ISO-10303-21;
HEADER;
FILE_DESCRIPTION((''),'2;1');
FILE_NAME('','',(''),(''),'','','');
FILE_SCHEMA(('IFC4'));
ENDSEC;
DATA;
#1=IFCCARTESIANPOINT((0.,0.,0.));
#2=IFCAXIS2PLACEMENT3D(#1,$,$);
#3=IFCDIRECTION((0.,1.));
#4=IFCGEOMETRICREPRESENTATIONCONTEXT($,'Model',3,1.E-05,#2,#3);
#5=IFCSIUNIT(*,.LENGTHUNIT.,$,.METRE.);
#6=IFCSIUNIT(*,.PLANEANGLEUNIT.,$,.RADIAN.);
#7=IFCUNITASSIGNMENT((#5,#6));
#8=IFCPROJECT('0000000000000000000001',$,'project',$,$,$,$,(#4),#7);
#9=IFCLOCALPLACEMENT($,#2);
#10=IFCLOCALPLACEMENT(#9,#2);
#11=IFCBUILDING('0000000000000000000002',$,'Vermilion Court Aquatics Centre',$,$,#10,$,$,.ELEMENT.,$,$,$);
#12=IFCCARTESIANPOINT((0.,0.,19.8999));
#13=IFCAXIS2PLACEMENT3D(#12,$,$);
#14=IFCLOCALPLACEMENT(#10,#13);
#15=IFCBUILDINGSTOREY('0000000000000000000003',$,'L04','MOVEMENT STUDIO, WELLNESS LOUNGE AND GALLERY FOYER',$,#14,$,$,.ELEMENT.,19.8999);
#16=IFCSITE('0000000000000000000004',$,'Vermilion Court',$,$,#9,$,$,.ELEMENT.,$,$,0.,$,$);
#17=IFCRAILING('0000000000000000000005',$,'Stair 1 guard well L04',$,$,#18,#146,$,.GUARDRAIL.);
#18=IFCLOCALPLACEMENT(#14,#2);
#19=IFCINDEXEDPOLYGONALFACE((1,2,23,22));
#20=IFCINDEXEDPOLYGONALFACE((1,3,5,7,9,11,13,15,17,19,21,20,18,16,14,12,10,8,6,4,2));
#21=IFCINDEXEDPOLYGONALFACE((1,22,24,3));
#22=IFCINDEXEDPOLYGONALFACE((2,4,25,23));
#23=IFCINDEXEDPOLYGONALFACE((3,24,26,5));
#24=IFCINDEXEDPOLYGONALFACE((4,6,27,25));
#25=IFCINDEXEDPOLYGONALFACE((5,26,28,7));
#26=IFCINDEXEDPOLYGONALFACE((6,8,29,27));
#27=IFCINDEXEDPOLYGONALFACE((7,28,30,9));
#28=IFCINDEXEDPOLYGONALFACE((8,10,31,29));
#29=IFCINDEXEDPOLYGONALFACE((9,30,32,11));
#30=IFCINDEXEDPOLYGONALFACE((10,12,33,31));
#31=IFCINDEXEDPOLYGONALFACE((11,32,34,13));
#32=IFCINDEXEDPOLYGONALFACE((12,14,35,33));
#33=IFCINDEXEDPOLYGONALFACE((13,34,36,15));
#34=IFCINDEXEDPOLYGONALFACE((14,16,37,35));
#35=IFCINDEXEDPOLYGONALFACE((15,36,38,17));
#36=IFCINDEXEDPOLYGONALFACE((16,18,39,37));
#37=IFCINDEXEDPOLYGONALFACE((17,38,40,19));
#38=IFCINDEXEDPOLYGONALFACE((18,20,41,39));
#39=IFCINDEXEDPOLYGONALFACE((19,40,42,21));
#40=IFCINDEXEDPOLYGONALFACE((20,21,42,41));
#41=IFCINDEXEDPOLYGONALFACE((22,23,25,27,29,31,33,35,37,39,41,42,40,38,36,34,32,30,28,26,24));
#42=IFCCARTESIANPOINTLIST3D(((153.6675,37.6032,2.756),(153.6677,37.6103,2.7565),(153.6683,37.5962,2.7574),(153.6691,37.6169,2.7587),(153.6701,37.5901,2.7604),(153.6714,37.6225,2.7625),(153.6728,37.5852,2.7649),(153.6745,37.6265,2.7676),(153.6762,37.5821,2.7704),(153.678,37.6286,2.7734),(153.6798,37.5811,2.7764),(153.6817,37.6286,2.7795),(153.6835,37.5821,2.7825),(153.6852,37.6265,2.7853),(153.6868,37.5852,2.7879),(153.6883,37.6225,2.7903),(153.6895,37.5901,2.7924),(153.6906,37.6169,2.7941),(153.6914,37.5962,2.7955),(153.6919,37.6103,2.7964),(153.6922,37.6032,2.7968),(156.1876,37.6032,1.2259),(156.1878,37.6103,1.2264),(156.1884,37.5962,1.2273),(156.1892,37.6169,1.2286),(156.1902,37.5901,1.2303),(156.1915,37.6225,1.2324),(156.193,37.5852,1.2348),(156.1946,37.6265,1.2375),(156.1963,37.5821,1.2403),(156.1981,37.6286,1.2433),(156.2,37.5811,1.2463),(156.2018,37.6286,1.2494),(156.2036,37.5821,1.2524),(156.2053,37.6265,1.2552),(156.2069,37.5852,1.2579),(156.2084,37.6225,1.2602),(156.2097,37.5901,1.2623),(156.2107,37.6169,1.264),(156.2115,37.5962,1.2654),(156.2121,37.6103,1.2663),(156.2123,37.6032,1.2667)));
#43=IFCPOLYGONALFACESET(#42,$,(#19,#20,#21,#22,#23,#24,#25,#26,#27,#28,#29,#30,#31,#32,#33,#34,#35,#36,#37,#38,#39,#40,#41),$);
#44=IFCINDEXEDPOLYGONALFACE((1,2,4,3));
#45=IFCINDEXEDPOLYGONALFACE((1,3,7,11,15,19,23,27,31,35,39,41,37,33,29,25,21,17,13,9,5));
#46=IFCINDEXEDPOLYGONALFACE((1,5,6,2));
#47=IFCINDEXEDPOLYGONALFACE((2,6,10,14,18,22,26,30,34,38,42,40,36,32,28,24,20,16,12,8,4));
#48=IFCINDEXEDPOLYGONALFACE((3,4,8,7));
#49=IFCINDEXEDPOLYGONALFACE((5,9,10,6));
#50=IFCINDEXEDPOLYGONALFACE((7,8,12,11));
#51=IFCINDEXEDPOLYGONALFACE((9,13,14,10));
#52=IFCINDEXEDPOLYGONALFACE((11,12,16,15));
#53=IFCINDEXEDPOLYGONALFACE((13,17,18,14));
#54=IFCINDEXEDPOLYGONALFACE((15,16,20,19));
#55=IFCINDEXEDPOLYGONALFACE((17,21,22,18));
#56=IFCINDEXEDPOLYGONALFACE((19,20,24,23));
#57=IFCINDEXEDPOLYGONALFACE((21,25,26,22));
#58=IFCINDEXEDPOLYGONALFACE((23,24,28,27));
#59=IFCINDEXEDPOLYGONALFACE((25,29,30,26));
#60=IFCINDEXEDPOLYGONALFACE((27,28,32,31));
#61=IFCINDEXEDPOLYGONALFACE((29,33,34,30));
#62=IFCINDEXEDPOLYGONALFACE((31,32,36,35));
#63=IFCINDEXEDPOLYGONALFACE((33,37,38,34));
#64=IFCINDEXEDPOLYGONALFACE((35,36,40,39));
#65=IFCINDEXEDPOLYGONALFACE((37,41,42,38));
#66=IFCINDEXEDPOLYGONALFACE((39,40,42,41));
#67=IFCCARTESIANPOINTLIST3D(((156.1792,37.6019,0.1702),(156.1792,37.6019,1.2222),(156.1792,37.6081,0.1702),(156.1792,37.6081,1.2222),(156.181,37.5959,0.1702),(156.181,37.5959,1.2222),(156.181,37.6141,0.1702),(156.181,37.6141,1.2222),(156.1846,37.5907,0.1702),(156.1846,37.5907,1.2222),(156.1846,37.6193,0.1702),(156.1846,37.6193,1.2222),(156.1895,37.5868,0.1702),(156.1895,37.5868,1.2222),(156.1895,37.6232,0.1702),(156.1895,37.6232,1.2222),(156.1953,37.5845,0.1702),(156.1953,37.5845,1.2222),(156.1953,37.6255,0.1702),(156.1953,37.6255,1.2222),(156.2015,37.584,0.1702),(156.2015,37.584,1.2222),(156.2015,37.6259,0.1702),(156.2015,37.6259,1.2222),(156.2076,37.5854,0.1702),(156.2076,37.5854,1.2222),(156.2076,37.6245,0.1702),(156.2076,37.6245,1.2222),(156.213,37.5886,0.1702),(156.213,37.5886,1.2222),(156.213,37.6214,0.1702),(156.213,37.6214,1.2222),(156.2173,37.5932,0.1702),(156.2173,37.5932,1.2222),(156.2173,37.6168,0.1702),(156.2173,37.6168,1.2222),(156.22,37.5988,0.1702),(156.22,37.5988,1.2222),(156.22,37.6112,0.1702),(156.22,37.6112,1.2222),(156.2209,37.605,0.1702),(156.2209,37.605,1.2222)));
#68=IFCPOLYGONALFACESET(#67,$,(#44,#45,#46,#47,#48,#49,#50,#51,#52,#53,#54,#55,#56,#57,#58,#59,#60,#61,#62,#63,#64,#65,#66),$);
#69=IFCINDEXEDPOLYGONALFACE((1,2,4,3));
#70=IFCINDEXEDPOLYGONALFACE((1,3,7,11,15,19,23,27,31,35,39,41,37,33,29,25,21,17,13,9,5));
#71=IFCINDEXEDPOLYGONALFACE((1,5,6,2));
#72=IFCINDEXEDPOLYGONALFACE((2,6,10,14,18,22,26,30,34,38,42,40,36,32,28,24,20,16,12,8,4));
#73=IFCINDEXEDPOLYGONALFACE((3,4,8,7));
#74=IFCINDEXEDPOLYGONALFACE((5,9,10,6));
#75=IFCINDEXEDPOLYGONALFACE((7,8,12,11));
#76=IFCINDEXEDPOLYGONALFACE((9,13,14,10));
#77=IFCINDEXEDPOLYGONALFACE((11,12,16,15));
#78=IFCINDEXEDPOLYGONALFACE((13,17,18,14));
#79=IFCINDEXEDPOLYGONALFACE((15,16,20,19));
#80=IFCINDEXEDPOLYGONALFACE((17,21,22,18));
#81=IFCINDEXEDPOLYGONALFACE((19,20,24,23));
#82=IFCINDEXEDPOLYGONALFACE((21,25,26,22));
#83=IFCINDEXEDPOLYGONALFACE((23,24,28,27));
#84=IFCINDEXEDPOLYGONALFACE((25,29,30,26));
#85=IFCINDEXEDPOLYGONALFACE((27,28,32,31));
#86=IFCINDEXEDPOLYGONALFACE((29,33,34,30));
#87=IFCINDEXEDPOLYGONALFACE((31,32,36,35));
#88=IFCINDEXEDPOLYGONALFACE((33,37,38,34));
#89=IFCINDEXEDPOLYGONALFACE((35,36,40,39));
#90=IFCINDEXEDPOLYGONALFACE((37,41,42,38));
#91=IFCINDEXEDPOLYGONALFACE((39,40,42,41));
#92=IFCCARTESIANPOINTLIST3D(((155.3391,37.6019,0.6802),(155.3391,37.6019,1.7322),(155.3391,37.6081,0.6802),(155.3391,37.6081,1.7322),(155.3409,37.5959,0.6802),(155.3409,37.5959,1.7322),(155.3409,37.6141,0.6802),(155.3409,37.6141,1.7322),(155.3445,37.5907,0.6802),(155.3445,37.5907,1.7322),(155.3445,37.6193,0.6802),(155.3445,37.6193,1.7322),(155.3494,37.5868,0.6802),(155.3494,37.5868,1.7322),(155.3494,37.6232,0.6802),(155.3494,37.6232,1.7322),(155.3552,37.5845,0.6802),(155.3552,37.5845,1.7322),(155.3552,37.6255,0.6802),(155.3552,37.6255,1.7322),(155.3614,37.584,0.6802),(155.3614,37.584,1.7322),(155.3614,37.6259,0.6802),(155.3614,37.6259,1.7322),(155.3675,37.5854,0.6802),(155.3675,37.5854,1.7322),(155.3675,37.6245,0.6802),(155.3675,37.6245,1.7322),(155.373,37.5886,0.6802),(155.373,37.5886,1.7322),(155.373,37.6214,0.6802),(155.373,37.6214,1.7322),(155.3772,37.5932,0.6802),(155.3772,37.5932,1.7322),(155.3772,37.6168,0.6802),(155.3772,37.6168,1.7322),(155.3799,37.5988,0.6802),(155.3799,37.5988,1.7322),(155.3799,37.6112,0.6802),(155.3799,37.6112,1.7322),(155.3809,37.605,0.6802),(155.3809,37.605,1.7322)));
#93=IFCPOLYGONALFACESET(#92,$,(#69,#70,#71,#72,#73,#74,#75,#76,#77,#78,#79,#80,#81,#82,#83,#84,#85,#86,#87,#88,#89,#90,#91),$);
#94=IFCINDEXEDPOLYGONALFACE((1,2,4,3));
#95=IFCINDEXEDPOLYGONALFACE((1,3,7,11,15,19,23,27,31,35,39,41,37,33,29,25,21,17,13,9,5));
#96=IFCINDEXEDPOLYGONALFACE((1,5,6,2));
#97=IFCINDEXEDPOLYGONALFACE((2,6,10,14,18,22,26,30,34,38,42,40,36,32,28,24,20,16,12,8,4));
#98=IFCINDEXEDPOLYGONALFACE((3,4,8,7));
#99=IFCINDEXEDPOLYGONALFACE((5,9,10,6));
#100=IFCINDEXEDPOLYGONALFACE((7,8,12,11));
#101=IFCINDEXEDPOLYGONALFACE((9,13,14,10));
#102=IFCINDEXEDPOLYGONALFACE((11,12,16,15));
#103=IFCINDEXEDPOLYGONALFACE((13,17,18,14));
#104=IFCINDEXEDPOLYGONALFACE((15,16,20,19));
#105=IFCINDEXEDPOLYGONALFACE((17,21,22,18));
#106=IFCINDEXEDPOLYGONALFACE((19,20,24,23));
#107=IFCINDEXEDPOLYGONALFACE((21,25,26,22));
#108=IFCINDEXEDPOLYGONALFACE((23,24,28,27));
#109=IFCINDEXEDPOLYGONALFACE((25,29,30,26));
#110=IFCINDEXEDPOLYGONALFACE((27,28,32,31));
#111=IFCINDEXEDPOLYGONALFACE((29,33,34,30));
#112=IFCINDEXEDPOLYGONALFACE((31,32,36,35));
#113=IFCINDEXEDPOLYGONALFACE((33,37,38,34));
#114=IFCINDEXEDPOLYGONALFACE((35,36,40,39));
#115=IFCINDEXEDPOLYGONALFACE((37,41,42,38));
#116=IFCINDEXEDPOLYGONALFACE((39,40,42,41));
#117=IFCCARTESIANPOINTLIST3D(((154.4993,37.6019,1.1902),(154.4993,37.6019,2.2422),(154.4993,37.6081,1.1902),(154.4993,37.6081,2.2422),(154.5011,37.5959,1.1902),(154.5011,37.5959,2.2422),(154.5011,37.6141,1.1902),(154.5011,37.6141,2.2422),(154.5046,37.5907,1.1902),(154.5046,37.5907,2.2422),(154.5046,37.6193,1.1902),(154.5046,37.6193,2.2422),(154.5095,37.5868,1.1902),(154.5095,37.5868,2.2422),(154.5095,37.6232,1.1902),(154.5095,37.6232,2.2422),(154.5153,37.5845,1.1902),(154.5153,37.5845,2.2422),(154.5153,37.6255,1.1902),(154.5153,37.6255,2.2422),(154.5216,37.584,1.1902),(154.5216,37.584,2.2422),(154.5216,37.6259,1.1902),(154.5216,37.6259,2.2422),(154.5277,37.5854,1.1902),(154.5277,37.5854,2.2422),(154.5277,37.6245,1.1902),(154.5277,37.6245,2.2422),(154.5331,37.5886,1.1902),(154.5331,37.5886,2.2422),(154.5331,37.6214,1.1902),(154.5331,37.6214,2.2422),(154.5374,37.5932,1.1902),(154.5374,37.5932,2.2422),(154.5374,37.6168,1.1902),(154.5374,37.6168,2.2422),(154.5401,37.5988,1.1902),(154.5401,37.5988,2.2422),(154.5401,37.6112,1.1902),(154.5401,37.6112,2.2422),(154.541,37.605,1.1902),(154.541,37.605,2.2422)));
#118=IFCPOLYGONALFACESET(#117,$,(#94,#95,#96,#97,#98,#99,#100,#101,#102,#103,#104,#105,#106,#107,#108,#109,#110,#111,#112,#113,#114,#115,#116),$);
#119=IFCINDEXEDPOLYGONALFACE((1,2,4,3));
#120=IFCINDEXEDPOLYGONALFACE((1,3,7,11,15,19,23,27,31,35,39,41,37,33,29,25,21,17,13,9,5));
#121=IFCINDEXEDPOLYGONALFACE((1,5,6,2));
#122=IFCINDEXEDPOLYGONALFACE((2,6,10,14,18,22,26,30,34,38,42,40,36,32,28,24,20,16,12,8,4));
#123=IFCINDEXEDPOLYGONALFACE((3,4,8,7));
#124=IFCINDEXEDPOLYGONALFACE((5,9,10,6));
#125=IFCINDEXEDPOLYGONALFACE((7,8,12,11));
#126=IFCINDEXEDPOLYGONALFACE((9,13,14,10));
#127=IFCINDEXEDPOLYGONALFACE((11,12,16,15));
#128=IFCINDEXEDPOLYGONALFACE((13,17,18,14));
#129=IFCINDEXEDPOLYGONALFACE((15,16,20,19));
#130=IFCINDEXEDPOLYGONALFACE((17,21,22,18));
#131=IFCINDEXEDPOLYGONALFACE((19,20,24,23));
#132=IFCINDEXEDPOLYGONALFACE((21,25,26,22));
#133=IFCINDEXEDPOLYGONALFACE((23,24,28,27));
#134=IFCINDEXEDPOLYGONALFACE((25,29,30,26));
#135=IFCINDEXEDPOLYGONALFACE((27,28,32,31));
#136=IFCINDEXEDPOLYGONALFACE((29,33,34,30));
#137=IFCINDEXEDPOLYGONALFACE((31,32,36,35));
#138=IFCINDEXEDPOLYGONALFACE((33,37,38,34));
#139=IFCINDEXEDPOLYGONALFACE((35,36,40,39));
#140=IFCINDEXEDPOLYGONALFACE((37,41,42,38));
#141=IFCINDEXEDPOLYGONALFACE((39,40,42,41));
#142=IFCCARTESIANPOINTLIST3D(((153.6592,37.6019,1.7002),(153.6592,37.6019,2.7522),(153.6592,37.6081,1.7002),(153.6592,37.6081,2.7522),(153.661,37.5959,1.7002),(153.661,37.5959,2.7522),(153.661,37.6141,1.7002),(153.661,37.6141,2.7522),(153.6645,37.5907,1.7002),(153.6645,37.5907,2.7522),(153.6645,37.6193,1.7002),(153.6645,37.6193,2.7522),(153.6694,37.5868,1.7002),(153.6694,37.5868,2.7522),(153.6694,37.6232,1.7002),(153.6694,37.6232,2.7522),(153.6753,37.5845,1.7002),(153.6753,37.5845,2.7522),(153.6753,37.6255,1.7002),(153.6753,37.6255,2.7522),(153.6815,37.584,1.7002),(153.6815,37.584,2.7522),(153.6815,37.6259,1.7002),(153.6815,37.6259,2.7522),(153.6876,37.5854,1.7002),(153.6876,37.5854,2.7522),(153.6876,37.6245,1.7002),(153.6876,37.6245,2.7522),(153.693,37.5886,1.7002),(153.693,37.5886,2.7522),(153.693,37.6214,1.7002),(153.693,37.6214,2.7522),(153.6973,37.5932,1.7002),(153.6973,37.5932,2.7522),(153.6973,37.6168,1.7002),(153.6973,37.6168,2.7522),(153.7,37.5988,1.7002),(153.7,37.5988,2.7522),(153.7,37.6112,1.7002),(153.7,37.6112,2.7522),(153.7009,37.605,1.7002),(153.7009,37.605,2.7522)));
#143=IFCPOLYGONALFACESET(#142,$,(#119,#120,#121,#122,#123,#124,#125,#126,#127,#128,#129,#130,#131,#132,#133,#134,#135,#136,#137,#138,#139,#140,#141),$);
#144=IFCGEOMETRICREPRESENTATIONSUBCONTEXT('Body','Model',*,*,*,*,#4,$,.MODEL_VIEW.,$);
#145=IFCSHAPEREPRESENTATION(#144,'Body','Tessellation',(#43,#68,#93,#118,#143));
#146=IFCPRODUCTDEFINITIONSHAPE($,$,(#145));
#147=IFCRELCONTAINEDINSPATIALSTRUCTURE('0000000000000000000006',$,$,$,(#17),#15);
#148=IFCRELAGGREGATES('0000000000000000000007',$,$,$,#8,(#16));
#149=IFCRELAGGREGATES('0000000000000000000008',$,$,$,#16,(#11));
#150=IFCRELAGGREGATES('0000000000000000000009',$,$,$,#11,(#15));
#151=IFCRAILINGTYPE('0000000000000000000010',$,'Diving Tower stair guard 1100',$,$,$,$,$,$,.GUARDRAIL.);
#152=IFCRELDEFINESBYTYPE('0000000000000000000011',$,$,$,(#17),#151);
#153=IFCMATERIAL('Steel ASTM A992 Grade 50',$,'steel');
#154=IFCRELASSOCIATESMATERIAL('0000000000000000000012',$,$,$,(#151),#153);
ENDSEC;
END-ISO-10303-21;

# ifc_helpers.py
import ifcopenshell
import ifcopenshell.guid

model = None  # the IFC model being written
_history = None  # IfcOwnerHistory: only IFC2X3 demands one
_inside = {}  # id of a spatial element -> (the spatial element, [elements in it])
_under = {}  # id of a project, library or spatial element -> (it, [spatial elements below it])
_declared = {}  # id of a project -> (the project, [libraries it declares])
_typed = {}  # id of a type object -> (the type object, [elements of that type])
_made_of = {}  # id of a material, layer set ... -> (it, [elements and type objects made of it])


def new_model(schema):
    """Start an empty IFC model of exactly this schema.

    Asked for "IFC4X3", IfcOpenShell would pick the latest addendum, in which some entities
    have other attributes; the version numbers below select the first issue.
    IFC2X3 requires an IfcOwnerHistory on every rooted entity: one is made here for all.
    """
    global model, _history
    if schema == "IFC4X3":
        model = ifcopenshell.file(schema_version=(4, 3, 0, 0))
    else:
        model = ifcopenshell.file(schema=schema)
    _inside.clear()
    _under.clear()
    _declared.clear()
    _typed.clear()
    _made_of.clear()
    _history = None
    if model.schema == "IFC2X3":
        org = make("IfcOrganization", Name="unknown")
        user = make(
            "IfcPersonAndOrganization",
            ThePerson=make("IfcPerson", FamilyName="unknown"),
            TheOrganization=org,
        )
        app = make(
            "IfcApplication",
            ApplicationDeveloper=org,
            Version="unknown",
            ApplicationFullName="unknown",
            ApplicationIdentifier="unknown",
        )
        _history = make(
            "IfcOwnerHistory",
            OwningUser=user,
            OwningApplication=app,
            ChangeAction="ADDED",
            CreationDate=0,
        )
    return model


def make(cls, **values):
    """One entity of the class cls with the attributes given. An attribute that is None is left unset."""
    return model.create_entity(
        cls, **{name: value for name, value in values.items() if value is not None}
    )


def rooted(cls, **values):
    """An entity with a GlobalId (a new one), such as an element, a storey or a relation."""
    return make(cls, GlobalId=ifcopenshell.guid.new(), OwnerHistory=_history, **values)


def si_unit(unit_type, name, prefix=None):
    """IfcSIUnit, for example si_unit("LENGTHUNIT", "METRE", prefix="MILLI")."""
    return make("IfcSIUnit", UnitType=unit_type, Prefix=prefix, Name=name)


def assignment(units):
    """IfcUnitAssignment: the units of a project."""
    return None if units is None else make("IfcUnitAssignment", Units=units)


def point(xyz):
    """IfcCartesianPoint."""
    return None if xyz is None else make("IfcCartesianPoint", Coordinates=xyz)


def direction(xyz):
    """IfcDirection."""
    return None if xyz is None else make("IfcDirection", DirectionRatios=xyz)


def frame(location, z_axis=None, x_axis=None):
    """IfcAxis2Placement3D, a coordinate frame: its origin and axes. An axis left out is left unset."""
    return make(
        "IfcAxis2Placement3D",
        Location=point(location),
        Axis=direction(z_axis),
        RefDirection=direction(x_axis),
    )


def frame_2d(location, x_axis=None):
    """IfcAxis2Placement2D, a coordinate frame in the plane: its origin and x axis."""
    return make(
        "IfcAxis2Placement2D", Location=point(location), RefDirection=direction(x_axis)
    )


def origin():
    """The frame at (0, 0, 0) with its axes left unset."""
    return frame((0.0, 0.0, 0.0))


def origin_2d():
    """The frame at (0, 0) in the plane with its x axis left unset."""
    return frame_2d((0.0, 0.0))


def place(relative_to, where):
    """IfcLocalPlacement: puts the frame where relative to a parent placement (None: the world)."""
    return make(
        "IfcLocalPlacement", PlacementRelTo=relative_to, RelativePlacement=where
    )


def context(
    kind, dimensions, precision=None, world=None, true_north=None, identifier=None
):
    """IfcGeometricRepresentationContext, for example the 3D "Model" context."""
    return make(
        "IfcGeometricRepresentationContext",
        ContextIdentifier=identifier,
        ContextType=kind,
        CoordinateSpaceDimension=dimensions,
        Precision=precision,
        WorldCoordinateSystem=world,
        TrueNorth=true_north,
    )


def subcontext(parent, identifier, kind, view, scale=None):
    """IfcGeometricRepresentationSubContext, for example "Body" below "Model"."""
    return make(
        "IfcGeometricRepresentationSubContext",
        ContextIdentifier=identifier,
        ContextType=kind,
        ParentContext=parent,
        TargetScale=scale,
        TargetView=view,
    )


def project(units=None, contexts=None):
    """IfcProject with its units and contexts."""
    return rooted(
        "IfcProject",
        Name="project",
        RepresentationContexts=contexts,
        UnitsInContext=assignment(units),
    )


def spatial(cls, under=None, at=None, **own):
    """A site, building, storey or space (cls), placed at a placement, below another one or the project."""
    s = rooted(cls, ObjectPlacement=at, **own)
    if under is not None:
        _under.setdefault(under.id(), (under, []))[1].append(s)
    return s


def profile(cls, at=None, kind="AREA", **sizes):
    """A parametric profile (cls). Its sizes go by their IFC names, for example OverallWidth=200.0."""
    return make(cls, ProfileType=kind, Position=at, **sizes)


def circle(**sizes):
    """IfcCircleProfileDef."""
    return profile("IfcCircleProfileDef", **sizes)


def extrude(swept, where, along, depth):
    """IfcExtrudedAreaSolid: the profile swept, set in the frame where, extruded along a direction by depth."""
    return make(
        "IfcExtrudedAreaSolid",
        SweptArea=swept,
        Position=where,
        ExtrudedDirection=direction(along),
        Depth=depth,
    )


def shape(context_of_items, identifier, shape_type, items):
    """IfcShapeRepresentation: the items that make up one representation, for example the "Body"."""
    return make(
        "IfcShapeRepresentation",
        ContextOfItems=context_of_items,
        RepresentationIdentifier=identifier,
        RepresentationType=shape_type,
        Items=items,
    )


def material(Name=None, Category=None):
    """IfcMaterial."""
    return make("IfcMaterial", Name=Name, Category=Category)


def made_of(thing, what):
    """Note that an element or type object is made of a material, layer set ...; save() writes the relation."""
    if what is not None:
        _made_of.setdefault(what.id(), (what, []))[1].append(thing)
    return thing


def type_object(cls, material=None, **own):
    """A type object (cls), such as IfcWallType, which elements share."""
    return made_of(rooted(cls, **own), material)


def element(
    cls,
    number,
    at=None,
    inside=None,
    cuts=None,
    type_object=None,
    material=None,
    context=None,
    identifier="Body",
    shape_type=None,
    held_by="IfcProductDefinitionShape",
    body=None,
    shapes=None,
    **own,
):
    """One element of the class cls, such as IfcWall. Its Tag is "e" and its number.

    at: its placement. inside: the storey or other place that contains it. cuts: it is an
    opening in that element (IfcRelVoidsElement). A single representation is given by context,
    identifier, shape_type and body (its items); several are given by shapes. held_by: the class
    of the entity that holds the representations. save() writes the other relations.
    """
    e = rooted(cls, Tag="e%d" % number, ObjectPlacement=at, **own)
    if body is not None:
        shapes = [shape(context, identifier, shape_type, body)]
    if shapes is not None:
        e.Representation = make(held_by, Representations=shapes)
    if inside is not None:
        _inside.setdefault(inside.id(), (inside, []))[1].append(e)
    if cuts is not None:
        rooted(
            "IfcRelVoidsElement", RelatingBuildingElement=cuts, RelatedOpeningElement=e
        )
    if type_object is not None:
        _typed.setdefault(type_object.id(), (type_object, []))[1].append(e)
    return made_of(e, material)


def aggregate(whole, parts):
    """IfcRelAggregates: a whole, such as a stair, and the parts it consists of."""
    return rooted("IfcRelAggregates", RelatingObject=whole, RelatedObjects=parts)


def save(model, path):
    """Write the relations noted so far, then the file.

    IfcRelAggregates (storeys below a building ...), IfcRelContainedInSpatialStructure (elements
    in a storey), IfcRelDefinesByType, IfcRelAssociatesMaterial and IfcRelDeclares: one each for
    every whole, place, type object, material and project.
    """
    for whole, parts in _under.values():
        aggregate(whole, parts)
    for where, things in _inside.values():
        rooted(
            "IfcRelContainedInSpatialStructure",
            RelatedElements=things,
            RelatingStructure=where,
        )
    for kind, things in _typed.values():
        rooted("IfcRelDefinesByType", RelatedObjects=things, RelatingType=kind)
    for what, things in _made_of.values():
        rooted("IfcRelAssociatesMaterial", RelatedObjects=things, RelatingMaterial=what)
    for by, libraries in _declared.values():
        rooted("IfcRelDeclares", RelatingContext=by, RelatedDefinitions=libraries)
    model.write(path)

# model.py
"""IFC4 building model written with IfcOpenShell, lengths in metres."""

from ifc_helpers import new_model, si_unit, direction, frame, origin, origin_2d, place, context, subcontext, project, spatial, circle, extrude, material, type_object, element, save


model = new_model("IFC4")

# Units and contexts
model_context = context("Model", 3, precision=1e-05, world=origin(), true_north=direction((0.0, 1.0)))
body_context = subcontext(model_context, "Body", "Model", "MODEL_VIEW")
ifc_project = project(units=[si_unit("LENGTHUNIT", "METRE"), si_unit("PLANEANGLEUNIT", "RADIAN")], contexts=[model_context])

# Site, building, storey
site_placement = place(None, origin())
site = spatial("IfcSite", under=ifc_project, at=site_placement, Name="Vermilion Court", CompositionType="ELEMENT", RefElevation=0.0)
building_placement = place(site_placement, origin())
building = spatial("IfcBuilding", under=site, at=building_placement, Name="Vermilion Court Aquatics Centre", CompositionType="ELEMENT")
storey_placement = place(building_placement, frame((0.0, 0.0, 19.8999)))
storey = spatial("IfcBuildingStorey", under=building, at=storey_placement, Name="L04", Description="MOVEMENT STUDIO, WELLNESS LOUNGE AND GALLERY FOYER", CompositionType="ELEMENT", Elevation=19.8999)

# Railing
ifc_material_1 = material(Name="Steel ASTM A992 Grade 50", Category="steel")
railing_type_1 = type_object("IfcRailingType", Name="Diving Tower stair guard 1100", PredefinedType="GUARDRAIL", material=ifc_material_1)
railing_1_placement = place(storey_placement, frame((156.2, 37.605, 0.1702)))
element("IfcRailing", 1, at=railing_1_placement, inside=storey, type_object=railing_type_1, Name="Stair 1 guard well L04", PredefinedType="GUARDRAIL", context=body_context, shape_type="SweptSolid", body=[
    extrude(circle(Radius=0.0239, at=origin_2d()), frame((0.0, 0.0, 1.0762), z_axis=(-0.854785, 0.0, 0.518982), x_axis=(0.0, -1.0, 0.0)), (0.0, 0.0, 1.0), 2.9482),
    extrude(circle(Radius=0.021, at=origin_2d()), origin(), (0.0, 0.0, 1.0), 1.052),
    extrude(circle(Radius=0.021, at=origin_2d()), frame((-0.8401, 0.0, 0.51)), (0.0, 0.0, 1.0), 1.052),
    extrude(circle(Radius=0.021, at=origin_2d()), frame((-1.6799, 0.0, 1.02)), (0.0, 0.0, 1.0), 1.052),
    extrude(circle(Radius=0.021, at=origin_2d()), frame((-2.52, 0.0, 1.53)), (0.0, 0.0, 1.0), 1.052),
])

save(model, "model.ifc")
